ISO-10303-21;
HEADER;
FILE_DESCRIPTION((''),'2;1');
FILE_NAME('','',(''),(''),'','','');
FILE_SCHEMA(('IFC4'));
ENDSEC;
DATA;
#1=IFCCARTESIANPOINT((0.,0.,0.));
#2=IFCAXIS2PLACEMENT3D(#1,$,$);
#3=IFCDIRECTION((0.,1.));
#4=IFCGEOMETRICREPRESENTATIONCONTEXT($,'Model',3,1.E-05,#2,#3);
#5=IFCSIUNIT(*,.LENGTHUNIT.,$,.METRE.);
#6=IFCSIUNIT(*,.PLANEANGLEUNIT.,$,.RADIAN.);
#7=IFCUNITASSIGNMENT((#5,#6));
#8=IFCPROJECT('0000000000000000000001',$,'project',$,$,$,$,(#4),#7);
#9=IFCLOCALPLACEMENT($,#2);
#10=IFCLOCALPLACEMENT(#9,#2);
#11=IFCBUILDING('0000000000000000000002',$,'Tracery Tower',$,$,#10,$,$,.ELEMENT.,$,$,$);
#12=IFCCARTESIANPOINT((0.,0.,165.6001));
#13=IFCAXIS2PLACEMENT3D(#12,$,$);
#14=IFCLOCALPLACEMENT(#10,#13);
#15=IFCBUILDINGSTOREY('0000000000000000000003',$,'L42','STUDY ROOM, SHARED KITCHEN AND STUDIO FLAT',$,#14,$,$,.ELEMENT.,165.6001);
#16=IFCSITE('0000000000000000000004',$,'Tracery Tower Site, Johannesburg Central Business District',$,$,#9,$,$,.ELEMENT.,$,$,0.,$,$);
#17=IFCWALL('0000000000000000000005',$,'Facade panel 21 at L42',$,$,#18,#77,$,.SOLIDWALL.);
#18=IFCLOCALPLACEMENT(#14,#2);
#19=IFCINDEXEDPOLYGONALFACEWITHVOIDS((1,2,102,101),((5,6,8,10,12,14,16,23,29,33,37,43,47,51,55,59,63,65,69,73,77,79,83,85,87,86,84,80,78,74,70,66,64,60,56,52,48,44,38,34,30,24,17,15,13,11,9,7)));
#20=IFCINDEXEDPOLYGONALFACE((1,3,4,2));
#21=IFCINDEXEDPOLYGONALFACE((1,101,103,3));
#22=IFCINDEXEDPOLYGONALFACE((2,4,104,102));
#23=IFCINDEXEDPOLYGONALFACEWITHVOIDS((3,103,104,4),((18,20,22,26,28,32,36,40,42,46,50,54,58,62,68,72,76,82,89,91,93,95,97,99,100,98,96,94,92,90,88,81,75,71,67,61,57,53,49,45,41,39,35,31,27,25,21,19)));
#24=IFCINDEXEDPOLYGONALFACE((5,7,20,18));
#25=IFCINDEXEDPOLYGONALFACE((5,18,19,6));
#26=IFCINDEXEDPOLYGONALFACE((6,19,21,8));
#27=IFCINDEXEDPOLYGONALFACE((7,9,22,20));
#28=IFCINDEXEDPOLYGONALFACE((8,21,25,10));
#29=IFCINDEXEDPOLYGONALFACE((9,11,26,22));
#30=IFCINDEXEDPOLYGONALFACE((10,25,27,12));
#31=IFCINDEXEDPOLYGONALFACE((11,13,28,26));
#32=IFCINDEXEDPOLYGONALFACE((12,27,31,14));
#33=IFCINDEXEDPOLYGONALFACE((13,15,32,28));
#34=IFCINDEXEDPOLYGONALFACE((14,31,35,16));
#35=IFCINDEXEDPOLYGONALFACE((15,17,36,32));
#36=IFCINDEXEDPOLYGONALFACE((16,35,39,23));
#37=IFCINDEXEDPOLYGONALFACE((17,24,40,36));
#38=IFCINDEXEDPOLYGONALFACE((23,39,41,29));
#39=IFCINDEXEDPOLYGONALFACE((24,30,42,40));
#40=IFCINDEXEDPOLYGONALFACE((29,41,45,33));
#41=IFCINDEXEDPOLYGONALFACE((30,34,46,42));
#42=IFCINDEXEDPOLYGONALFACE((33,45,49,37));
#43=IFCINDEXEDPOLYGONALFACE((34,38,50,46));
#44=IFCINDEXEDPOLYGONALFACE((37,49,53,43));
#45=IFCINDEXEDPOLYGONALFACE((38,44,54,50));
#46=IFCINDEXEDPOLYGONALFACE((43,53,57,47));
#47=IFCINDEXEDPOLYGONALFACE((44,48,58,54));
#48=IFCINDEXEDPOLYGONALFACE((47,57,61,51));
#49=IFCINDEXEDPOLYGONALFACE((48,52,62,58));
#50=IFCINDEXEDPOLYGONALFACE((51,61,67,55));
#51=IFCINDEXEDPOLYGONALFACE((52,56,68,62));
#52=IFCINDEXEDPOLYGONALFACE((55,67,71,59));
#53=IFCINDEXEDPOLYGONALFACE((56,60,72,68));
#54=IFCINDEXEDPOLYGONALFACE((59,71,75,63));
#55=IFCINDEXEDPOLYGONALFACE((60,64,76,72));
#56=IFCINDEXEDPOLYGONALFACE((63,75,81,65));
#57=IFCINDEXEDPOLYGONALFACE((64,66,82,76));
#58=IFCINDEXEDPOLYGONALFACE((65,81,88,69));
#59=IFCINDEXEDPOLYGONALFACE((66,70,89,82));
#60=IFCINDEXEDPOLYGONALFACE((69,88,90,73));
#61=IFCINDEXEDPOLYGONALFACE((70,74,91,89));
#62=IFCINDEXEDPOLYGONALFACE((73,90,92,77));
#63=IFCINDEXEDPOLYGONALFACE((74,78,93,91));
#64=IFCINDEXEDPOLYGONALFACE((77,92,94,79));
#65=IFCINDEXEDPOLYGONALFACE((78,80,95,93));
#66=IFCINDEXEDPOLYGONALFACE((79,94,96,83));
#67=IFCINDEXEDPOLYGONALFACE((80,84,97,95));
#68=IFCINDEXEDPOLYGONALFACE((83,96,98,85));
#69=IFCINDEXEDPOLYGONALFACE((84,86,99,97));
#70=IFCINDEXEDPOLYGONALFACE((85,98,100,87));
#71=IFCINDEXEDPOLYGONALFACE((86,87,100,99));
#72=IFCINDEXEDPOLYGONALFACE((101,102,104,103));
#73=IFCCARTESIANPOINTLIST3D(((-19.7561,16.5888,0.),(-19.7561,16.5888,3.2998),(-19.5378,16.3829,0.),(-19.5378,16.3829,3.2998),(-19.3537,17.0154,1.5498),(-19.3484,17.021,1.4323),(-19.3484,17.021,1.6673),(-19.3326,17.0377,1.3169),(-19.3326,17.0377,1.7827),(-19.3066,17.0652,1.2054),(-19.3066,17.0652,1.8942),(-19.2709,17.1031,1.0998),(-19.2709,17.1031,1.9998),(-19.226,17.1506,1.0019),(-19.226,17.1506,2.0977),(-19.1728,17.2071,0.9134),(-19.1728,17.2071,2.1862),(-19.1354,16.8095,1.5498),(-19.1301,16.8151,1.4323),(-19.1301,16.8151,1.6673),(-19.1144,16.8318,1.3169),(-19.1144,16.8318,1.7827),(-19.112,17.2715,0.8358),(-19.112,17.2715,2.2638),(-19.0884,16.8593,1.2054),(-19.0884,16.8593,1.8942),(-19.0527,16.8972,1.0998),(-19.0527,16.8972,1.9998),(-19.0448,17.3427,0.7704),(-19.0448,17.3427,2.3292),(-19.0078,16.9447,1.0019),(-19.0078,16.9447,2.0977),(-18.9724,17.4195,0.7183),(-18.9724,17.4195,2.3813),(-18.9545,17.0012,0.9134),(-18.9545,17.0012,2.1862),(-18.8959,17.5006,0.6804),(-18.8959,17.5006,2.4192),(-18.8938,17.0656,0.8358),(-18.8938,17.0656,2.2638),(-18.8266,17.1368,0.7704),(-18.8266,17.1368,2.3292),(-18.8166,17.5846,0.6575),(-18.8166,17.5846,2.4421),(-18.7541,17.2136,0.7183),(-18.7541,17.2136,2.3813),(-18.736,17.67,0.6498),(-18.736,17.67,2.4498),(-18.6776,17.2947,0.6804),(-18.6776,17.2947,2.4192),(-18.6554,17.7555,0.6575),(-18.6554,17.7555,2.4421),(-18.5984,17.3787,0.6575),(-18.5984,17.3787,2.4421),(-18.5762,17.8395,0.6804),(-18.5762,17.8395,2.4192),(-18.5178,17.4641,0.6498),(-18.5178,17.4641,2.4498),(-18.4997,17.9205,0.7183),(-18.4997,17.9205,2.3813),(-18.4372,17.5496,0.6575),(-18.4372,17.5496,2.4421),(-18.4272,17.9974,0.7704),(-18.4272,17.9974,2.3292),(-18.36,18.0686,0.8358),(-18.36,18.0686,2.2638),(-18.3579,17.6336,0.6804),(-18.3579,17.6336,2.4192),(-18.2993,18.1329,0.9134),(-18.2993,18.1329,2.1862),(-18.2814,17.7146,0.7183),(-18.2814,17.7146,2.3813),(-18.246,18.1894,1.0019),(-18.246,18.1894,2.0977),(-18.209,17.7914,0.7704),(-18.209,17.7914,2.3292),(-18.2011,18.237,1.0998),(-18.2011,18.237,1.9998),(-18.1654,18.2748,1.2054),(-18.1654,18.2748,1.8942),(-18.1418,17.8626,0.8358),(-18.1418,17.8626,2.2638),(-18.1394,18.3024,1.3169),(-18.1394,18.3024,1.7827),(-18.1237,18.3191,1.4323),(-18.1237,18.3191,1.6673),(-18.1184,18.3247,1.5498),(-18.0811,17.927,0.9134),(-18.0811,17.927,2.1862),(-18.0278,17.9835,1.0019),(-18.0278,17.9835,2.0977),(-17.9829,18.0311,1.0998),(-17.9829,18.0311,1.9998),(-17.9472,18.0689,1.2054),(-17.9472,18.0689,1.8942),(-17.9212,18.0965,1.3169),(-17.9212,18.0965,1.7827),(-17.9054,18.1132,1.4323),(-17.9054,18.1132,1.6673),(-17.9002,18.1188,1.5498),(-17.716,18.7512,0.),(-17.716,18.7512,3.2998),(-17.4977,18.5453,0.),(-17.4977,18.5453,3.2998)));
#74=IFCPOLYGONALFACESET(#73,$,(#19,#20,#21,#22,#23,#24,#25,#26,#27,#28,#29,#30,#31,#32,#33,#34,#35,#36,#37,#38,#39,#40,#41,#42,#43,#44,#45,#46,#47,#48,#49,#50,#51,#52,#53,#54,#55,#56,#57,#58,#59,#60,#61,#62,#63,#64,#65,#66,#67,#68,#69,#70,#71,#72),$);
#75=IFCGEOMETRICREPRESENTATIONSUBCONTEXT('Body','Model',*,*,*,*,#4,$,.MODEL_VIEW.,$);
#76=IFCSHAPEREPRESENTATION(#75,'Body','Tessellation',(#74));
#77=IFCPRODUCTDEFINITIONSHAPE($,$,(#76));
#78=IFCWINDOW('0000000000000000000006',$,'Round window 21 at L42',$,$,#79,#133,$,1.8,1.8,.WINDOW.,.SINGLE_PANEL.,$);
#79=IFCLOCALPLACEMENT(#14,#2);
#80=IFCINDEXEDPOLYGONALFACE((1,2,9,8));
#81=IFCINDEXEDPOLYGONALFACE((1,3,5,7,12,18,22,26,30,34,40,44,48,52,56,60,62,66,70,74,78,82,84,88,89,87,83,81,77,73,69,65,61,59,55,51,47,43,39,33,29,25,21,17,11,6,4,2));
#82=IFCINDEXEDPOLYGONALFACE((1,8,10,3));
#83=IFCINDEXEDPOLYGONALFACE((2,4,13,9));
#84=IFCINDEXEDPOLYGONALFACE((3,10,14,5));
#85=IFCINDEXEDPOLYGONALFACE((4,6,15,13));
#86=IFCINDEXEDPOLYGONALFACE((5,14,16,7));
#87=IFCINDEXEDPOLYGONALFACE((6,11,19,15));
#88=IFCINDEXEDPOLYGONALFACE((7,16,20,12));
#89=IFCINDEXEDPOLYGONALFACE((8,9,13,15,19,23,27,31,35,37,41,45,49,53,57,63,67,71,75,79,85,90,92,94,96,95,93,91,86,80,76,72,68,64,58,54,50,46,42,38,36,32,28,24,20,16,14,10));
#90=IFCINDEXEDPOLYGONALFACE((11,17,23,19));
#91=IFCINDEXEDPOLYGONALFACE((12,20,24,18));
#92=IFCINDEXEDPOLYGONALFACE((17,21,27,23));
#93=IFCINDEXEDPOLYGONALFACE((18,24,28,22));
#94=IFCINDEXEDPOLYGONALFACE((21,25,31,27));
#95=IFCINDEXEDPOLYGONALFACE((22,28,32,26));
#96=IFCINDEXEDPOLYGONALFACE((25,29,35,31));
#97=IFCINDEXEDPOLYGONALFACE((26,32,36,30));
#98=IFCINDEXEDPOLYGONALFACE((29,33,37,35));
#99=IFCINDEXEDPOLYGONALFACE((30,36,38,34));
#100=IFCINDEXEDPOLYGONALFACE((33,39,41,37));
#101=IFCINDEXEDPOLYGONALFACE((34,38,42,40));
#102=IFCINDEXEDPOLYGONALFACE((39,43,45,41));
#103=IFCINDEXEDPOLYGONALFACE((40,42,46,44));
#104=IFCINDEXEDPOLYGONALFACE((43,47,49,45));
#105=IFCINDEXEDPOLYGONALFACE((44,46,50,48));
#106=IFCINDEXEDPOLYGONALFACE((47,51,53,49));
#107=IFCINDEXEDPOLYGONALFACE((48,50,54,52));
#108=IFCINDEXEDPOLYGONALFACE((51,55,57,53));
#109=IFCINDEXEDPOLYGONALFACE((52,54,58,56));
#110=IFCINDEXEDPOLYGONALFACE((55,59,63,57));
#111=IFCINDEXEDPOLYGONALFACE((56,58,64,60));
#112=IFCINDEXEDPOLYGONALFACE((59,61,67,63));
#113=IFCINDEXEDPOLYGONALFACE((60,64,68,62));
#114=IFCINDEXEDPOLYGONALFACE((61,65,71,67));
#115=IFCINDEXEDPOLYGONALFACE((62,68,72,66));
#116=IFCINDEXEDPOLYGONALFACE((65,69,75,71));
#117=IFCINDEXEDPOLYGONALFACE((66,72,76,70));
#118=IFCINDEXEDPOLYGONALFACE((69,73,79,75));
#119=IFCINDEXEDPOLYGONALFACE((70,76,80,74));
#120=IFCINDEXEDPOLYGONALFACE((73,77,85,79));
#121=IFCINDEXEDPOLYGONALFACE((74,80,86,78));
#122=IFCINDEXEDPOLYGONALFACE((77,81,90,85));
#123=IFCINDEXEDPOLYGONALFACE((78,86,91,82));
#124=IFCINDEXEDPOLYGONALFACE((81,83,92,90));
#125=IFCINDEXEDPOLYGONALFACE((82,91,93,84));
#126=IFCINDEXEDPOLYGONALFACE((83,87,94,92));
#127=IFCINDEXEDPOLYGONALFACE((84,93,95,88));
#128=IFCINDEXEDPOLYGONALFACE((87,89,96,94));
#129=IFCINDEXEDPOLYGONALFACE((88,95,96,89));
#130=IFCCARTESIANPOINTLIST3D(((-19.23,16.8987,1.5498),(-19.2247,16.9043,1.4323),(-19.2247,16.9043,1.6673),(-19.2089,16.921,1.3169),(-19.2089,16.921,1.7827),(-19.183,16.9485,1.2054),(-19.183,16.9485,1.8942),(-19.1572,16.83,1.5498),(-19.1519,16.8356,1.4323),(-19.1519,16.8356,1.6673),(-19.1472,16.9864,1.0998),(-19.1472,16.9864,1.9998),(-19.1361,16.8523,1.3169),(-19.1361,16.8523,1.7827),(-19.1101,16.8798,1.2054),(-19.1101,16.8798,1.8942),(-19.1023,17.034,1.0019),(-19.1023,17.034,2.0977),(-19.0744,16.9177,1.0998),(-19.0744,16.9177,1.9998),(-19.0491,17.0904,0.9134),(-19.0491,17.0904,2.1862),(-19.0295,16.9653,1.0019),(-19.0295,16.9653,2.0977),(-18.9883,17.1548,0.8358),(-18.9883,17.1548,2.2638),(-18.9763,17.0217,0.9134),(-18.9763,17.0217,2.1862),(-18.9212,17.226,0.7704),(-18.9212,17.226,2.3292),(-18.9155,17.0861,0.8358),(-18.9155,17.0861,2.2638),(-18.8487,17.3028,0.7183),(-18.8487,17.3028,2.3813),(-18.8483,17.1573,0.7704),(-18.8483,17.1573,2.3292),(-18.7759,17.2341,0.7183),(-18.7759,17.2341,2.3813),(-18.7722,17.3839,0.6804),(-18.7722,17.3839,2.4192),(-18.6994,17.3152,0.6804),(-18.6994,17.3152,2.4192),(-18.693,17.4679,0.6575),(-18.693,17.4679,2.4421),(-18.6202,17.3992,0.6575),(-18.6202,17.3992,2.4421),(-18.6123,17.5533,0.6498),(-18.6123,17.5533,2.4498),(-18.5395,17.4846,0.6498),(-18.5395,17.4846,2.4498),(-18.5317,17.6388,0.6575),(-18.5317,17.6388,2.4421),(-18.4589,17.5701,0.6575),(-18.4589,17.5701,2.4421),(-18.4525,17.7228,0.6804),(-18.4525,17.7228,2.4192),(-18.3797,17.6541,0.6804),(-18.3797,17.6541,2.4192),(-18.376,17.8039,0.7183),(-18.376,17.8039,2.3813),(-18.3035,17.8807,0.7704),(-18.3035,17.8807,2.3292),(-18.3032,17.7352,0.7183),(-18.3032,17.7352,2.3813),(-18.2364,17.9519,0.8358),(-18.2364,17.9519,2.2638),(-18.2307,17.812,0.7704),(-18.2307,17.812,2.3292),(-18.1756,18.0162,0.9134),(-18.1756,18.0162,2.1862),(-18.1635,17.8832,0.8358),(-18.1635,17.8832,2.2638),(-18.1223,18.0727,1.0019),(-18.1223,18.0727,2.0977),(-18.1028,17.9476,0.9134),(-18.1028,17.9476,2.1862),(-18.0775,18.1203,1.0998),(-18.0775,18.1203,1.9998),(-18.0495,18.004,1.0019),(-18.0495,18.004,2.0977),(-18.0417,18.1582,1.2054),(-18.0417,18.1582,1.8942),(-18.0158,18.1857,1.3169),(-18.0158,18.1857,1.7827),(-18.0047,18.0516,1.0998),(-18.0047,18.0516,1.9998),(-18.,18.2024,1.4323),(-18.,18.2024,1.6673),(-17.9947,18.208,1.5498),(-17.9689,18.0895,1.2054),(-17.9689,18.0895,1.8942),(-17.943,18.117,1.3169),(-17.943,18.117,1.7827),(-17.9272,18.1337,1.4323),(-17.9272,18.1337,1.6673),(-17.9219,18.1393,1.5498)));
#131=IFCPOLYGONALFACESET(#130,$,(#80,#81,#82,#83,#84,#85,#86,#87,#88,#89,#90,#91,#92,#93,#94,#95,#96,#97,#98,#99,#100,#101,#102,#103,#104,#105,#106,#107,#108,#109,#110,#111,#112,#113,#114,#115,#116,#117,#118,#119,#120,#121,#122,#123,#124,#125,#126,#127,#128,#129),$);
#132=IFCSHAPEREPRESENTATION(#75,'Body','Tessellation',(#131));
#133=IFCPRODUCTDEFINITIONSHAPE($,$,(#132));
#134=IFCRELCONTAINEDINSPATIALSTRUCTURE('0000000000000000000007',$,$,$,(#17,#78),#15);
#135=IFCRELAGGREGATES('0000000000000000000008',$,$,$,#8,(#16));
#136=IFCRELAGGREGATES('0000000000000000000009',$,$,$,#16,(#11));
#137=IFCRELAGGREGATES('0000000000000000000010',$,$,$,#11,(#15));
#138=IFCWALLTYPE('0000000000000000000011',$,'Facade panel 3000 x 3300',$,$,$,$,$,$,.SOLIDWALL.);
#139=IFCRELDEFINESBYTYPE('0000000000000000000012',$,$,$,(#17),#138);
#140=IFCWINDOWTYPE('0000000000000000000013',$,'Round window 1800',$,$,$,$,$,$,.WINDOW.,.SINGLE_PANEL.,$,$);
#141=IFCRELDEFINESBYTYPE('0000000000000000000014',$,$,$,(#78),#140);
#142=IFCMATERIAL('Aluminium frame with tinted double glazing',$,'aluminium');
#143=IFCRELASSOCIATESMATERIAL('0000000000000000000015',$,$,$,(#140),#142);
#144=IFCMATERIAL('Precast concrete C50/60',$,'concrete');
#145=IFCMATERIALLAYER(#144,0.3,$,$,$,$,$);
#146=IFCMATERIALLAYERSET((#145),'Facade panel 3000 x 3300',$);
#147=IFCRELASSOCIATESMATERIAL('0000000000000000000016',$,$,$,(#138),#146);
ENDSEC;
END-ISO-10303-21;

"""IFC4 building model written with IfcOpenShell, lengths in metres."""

from ifc_helpers import new_model, si_unit, direction, frame, frame_2d, origin, origin_2d, place, context, subcontext, project, spatial, rectangle, circle, extrude, material, layer, layer_set, type_object, element, fill, save


model = new_model("IFC4")

# Units and contexts
model_context = context("Model", 3, precision=1e-05, world=origin(), true_north=direction((0.0, 1.0)))
body_context = subcontext(model_context, "Body", "Model", "MODEL_VIEW")
ifc_project = project(units=[si_unit("LENGTHUNIT", "METRE"), si_unit("PLANEANGLEUNIT", "RADIAN")], contexts=[model_context])

# Site, building, storey
site_placement = place(None, origin())
site = spatial("IfcSite", under=ifc_project, at=site_placement, Name="Tracery Tower Site, Johannesburg Central Business District", CompositionType="ELEMENT", RefElevation=0.0)
building_placement = place(site_placement, origin())
building = spatial("IfcBuilding", under=site, at=building_placement, Name="Tracery Tower", CompositionType="ELEMENT")
storey_placement = place(building_placement, frame((0.0, 0.0, 165.6001)))
storey = spatial("IfcBuildingStorey", under=building, at=storey_placement, Name="L42", Description="STUDY ROOM, SHARED KITCHEN AND STUDIO FLAT", CompositionType="ELEMENT", Elevation=165.6001)

# Wall, opening, window
ifc_material_1 = material(Name="Aluminium frame with tinted double glazing", Category="aluminium")
window_type = type_object("IfcWindowType", Name="Round window 1800", PartitioningType="SINGLE_PANEL", PredefinedType="WINDOW", material=ifc_material_1)
ifc_material_2 = material(Name="Precast concrete C50/60", Category="concrete")
ifc_layer_1 = layer(ifc_material_2, 0.3)
ifc_layer_set_1 = layer_set([ifc_layer_1], Name="Facade panel 3000 x 3300")
wall_type_1 = type_object("IfcWallType", Name="Facade panel 3000 x 3300", PredefinedType="SOLIDWALL", material=ifc_layer_set_1)
wall_1_placement = place(storey_placement, frame((-17.6069, 18.6482, 0.0), z_axis=(0.0, 0.0, 1.0), x_axis=(-0.686235, -0.72738, 0.0)))
wall_1 = element("IfcWall", 1, at=wall_1_placement, inside=storey, type_object=wall_type_1, Name="Facade panel 21 at L42", PredefinedType="SOLIDWALL", context=body_context, shape_type="SweptSolid", body=[
    extrude(rectangle(XDim=2.9729, YDim=0.3, at=frame_2d((1.4863, 0.0))), origin(), (0.0, 0.0, 1.0), 3.2998),
])
opening_1_placement = place(wall_1_placement, frame((1.4863, 0.0, 1.5498)))
opening_1 = element("IfcOpeningElement", 2, at=opening_1_placement, cuts=wall_1, PredefinedType="OPENING", context=body_context, shape_type="SweptSolid", body=[
    extrude(circle(Radius=0.9, at=origin_2d()), frame((0.0, 0.1599, 0.0), z_axis=(0.0, -1.0, 0.0), x_axis=(1.0, 0.0, 0.0)), (0.0, 0.0, 1.0), 0.3201),
])
window_1_placement = place(opening_1_placement, origin())
window_1 = element("IfcWindow", 3, at=window_1_placement, inside=storey, type_object=window_type, Name="Round window 21 at L42", OverallHeight=1.8, OverallWidth=1.8, PartitioningType="SINGLE_PANEL", PredefinedType="WINDOW", context=body_context, shape_type="SweptSolid", body=[
    extrude(circle(Radius=0.9, at=origin_2d()), frame((0.0, 0.1201, 0.0), z_axis=(0.0, -1.0, 0.0), x_axis=(1.0, 0.0, 0.0)), (0.0, 0.0, 1.0), 0.1001),
])
fill(opening_1, window_1)

save(model, "model.ifc")
